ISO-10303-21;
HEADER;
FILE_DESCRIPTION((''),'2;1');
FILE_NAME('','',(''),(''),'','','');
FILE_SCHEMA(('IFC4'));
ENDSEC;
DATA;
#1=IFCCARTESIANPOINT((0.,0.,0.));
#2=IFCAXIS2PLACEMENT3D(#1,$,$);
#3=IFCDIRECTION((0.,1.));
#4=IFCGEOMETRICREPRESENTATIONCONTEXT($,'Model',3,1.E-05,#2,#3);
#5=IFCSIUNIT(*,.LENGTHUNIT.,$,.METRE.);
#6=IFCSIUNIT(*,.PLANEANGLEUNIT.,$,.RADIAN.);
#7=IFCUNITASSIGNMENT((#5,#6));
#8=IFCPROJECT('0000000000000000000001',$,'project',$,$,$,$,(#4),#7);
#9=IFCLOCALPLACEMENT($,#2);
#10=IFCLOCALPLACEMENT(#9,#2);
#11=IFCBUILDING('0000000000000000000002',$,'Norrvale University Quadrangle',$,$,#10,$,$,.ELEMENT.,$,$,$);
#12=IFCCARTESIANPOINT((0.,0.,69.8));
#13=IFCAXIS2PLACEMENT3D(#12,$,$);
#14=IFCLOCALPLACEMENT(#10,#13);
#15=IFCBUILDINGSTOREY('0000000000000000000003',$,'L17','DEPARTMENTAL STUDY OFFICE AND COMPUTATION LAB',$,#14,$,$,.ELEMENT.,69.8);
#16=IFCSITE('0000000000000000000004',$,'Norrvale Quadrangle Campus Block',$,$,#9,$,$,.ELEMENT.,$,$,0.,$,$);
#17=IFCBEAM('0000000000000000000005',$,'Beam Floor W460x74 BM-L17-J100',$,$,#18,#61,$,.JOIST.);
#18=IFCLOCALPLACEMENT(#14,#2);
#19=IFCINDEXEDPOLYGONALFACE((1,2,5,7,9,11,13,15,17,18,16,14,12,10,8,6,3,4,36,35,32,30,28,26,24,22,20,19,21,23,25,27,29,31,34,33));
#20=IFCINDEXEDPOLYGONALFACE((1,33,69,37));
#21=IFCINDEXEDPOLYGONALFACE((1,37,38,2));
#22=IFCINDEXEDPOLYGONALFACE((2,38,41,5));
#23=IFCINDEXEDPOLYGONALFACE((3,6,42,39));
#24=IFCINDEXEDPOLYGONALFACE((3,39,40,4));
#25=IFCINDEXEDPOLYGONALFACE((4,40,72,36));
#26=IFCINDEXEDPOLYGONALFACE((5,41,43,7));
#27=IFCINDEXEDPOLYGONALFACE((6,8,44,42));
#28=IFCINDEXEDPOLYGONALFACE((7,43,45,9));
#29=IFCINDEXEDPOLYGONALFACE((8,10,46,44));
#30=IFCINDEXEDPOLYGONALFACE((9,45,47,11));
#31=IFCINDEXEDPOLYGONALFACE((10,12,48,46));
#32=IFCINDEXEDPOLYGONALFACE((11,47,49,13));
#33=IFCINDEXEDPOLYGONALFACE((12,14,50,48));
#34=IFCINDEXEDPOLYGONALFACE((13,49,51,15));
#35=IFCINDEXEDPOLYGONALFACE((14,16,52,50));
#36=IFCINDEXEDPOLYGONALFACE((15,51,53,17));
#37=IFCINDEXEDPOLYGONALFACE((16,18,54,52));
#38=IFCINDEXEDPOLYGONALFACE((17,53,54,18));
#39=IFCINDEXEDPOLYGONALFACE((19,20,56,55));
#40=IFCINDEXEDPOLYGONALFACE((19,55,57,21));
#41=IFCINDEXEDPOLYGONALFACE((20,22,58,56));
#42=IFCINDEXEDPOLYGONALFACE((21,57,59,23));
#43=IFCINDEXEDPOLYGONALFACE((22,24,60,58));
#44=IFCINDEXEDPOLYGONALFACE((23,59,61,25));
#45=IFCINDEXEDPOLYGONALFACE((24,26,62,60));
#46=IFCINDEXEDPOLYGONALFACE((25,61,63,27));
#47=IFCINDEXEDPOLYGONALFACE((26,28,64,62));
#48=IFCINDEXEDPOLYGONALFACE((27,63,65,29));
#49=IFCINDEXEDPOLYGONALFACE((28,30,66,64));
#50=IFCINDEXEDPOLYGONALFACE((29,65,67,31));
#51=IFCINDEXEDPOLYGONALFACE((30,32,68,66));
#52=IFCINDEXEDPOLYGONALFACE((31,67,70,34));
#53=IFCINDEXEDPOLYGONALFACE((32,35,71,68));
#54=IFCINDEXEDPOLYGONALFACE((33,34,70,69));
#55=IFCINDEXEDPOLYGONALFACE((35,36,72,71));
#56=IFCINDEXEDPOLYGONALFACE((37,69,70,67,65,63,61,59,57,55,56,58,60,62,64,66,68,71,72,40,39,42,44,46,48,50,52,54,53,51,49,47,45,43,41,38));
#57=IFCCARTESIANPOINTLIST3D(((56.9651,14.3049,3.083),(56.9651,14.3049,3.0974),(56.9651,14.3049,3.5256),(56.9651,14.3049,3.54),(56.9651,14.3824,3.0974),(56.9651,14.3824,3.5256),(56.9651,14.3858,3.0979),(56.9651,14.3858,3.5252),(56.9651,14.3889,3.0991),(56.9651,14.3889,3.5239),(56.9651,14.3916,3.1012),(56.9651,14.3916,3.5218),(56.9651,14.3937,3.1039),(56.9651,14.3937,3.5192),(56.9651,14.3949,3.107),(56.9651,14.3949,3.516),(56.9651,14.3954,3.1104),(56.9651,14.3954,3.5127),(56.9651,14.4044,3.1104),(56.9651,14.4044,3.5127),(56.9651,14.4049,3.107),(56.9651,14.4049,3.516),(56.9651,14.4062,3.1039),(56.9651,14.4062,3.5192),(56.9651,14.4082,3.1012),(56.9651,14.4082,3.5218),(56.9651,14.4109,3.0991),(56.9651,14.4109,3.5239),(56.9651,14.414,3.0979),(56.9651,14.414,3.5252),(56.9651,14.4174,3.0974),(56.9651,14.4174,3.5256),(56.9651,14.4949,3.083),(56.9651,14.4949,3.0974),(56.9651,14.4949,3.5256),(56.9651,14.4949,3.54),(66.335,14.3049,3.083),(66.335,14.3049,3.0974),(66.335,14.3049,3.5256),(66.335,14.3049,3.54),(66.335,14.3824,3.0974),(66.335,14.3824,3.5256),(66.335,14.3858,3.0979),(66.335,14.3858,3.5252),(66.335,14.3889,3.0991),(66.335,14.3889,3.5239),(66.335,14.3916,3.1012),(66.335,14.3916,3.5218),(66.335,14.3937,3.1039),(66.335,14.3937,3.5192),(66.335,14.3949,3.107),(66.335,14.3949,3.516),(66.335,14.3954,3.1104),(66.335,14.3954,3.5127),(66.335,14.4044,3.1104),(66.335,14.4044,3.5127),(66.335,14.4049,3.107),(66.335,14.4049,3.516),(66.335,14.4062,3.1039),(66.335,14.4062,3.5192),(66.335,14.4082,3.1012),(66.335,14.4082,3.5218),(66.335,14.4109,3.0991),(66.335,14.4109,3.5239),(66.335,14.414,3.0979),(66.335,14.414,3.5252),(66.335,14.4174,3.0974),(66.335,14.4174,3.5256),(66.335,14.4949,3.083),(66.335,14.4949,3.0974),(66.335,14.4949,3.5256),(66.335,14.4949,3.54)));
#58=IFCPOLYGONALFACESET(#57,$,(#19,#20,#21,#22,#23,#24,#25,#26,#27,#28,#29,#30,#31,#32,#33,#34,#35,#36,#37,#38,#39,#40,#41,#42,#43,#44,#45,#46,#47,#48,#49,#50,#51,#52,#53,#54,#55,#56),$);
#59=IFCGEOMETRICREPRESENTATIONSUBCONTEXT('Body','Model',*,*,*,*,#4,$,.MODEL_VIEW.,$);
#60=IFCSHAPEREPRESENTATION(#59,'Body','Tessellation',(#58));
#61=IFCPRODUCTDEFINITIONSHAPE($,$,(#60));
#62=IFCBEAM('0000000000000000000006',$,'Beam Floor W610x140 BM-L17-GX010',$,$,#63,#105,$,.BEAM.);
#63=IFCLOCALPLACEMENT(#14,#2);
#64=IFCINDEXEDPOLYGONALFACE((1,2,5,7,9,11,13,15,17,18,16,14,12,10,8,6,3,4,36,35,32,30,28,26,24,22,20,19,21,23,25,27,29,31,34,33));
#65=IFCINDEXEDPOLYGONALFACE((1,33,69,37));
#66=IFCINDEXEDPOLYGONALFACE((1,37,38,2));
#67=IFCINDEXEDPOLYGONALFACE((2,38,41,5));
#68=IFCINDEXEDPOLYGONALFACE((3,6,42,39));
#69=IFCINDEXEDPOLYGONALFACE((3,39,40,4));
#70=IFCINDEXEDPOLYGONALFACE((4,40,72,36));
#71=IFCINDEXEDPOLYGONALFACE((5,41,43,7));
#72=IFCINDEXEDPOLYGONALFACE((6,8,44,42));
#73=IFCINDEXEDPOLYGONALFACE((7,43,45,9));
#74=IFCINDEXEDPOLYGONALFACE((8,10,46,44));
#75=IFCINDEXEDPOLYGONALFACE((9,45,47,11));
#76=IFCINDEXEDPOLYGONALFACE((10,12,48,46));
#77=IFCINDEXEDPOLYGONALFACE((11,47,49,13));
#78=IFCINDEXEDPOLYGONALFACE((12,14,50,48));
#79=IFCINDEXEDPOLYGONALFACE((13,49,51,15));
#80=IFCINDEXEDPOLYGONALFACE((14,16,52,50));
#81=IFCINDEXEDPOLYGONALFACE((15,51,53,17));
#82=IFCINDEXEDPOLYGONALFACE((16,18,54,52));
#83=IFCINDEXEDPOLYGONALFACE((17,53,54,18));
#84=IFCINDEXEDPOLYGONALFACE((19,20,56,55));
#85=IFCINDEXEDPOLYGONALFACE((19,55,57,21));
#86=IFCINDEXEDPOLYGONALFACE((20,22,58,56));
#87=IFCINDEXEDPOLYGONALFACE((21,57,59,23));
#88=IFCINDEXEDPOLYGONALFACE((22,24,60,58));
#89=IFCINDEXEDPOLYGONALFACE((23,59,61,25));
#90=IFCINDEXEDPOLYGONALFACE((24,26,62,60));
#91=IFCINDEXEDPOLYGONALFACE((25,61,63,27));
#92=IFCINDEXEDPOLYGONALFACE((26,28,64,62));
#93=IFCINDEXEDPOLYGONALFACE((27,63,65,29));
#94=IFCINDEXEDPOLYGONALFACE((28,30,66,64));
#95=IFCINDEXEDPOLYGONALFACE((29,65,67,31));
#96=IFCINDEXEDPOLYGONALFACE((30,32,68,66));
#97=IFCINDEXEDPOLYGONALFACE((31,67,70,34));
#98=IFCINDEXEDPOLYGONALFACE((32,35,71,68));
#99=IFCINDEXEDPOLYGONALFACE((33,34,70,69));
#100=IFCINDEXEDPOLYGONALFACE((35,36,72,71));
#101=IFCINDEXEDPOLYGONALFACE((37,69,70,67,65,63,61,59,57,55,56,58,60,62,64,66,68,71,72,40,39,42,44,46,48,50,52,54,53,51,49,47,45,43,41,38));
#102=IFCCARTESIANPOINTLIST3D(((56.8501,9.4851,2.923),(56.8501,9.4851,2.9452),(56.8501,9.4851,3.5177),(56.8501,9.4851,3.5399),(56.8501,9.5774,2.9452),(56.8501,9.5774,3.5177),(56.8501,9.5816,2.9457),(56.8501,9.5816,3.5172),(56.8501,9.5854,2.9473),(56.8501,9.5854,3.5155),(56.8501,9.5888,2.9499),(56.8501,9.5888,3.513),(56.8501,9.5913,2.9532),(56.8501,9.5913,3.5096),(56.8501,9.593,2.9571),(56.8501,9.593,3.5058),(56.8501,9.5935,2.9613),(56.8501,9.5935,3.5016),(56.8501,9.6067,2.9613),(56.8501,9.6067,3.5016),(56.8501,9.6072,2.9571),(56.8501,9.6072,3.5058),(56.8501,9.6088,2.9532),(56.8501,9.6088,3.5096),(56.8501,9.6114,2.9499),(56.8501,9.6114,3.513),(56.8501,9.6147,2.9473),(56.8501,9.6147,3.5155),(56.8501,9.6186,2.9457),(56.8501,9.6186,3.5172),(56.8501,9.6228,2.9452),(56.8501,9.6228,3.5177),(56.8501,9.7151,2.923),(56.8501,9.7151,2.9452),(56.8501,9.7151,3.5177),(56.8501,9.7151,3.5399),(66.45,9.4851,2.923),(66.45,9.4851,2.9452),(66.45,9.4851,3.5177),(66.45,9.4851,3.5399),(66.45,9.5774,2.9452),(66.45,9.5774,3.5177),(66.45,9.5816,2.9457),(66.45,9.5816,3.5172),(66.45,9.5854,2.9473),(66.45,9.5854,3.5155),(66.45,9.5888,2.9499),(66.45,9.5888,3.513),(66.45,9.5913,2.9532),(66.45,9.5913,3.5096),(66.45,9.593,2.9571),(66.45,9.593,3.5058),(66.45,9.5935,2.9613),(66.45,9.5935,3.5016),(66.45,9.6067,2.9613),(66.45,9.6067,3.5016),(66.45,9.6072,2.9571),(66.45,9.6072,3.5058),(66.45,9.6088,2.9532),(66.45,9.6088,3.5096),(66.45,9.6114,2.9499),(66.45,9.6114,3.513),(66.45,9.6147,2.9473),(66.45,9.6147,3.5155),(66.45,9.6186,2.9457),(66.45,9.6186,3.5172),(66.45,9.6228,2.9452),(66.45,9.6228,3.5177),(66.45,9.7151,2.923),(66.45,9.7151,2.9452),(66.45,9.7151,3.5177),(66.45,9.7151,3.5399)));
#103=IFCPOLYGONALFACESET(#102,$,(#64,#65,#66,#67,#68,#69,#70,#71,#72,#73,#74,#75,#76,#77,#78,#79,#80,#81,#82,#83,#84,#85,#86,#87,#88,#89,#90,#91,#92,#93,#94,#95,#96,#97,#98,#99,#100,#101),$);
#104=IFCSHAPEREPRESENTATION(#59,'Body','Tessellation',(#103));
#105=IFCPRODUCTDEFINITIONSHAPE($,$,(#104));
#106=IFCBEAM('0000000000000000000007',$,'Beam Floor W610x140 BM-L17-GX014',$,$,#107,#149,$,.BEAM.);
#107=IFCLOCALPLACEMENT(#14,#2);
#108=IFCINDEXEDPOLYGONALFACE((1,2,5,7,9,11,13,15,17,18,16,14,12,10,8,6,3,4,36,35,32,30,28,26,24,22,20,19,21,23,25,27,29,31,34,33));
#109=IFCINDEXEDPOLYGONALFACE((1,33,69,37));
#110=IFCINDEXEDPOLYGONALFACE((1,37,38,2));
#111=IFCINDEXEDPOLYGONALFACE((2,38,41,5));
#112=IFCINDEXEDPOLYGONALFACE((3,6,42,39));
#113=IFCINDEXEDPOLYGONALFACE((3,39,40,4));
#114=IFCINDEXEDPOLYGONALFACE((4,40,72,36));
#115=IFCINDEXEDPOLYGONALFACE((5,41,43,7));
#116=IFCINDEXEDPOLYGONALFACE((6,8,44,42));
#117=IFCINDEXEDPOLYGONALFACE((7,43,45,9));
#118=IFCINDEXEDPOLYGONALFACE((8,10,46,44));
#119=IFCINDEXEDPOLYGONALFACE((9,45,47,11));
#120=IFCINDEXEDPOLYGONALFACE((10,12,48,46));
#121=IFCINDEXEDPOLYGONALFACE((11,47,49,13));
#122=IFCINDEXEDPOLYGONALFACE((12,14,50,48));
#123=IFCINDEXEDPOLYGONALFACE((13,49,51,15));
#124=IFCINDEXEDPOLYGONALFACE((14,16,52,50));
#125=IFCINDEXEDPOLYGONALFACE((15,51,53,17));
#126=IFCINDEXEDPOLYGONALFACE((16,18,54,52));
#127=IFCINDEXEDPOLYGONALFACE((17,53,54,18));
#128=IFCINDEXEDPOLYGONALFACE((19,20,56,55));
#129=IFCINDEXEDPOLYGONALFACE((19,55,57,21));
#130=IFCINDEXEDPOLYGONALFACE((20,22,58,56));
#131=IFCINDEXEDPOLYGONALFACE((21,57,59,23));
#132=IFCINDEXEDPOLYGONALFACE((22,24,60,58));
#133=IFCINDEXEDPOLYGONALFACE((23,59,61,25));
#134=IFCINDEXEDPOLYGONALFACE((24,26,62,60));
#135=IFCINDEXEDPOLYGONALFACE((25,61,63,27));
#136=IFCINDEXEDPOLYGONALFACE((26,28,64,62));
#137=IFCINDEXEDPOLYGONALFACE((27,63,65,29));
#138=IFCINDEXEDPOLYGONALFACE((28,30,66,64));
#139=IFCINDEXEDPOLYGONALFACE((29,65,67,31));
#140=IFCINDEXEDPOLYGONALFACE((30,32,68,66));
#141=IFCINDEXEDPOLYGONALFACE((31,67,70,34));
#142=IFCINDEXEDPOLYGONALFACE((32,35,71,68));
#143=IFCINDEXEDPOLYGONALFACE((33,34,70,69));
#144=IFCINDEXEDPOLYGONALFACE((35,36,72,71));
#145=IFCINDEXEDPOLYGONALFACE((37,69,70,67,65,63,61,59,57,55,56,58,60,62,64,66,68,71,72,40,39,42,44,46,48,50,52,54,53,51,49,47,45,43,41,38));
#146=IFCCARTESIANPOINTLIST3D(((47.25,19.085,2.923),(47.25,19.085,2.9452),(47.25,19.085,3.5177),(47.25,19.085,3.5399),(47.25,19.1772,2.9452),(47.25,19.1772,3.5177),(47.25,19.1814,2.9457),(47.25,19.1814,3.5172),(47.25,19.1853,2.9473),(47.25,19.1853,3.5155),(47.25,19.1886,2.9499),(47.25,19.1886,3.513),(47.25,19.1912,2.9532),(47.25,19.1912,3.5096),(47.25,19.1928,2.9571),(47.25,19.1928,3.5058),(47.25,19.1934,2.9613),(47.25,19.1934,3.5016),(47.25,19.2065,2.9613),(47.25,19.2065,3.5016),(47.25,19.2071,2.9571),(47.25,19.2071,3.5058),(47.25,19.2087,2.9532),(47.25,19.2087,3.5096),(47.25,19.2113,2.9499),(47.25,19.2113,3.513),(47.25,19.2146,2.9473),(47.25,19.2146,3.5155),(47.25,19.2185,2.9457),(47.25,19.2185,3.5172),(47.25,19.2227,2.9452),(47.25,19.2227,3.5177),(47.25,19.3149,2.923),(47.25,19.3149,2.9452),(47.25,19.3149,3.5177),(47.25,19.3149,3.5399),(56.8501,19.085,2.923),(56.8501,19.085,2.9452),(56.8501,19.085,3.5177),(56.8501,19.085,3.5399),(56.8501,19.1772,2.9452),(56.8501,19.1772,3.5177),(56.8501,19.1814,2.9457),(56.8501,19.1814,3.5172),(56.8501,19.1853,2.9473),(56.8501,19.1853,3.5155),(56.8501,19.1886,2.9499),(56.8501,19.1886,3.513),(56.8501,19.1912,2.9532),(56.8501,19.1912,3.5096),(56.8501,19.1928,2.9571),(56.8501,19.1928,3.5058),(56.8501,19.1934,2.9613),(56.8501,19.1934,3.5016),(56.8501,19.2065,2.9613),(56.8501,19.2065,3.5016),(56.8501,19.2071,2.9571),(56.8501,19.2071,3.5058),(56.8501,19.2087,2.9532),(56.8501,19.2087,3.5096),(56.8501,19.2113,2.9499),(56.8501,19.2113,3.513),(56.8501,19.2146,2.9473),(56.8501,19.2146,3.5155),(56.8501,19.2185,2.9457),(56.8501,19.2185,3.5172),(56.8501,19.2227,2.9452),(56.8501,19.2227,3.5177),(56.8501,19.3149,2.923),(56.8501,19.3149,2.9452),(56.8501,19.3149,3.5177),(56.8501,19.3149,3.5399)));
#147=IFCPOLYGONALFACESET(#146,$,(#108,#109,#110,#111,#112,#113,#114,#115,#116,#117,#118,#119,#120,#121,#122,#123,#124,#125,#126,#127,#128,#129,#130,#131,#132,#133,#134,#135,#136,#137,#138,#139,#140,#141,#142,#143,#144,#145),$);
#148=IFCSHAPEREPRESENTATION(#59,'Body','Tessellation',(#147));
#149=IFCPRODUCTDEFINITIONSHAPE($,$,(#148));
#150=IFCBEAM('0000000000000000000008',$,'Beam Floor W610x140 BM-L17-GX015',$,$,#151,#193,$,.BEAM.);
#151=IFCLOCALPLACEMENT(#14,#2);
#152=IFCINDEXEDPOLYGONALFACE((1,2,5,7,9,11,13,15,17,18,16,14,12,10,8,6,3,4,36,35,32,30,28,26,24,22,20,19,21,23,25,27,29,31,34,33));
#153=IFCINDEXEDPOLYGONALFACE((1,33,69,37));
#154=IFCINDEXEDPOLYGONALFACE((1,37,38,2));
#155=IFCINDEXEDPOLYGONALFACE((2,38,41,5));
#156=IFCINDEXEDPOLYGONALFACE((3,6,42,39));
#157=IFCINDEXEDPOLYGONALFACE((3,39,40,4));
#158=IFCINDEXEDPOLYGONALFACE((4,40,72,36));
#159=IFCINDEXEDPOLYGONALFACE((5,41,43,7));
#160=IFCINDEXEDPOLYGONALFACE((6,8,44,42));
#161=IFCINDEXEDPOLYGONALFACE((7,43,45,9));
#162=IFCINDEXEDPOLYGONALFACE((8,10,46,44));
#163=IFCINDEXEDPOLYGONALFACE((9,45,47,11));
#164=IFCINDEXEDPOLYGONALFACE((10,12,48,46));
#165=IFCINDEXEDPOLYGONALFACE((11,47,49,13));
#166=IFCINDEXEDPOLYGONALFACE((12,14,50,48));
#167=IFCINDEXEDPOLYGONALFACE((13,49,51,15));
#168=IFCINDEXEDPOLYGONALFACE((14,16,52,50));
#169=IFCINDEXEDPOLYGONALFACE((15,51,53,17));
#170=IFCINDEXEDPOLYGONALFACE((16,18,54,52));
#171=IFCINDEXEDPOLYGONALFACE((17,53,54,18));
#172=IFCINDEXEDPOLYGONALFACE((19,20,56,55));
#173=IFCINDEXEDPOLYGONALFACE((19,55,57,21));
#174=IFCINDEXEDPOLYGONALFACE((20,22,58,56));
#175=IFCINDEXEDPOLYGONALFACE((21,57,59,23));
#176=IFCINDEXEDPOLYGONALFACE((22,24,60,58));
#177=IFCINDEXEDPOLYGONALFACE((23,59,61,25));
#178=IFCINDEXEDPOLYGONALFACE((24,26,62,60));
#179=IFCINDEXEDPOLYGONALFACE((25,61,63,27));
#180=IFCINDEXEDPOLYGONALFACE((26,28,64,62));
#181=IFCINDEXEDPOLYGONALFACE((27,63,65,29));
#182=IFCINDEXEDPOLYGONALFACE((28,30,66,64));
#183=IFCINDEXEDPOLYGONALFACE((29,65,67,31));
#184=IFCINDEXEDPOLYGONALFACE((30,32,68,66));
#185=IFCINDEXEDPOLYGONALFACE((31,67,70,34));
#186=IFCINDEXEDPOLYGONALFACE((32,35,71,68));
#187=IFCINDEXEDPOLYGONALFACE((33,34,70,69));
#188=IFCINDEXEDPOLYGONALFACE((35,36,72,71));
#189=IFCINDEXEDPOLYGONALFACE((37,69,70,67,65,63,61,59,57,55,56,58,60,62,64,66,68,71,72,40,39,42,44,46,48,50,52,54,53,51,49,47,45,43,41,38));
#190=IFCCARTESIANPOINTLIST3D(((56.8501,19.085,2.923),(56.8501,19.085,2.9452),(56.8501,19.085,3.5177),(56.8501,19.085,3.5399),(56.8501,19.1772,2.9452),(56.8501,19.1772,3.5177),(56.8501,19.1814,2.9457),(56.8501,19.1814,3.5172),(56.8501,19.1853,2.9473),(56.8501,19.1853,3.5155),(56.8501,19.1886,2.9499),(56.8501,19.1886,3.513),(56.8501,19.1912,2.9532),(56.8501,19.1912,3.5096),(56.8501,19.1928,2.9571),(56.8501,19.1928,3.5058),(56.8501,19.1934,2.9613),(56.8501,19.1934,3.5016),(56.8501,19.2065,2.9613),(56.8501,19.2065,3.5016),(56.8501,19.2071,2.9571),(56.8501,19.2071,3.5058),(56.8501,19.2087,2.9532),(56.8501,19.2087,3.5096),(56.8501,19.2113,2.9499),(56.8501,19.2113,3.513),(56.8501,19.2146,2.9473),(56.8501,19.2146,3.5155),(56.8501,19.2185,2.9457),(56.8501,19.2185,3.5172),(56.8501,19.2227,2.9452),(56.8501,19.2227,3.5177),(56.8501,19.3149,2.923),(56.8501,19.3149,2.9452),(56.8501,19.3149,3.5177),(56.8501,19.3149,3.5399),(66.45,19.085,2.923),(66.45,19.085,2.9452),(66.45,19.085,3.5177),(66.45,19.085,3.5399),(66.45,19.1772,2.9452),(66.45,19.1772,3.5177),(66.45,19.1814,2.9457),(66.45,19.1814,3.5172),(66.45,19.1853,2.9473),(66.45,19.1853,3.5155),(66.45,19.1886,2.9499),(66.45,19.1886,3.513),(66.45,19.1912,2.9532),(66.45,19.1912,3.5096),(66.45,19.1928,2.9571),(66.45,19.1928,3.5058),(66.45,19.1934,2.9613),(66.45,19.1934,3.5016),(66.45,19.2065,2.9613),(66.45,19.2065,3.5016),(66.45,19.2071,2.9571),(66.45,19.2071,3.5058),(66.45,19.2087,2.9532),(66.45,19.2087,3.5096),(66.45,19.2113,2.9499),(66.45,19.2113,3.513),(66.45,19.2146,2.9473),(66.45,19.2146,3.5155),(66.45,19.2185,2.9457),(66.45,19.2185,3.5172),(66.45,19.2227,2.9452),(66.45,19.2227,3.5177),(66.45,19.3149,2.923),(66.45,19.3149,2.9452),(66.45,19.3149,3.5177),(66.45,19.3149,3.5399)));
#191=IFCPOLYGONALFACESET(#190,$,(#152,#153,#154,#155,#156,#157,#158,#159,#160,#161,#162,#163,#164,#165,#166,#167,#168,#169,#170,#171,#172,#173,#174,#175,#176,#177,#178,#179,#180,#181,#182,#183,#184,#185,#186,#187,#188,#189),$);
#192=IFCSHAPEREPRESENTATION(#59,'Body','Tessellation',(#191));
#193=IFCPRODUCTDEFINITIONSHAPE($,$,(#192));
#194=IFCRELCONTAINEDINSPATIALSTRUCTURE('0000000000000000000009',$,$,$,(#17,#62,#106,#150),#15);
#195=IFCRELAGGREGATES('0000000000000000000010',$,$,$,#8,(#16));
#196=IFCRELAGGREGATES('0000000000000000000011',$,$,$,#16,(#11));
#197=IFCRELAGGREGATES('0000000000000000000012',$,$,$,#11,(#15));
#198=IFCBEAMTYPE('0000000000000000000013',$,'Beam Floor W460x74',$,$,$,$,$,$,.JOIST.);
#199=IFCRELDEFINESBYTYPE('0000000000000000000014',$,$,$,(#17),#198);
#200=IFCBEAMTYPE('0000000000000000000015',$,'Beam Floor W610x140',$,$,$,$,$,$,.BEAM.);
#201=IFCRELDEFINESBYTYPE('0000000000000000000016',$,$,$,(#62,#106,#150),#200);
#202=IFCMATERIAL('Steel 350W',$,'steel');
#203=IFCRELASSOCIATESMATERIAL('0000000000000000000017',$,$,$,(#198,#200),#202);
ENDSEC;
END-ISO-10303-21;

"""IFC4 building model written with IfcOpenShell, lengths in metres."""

from ifc_helpers import new_model, si_unit, direction, frame, origin, origin_2d, place, context, subcontext, project, spatial, i_section, extrude, material, material_profile, profile_set, type_object, element, save


model = new_model("IFC4")

# Units and contexts
model_context = context("Model", 3, precision=1e-05, world=origin(), true_north=direction((0.0, 1.0)))
body_context = subcontext(model_context, "Body", "Model", "MODEL_VIEW")
ifc_project = project(units=[si_unit("LENGTHUNIT", "METRE"), si_unit("PLANEANGLEUNIT", "RADIAN")], contexts=[model_context])

# Site, building, storey
site_placement = place(None, origin())
site = spatial("IfcSite", under=ifc_project, at=site_placement, Name="Norrvale Quadrangle Campus Block", CompositionType="ELEMENT", RefElevation=0.0)
building_placement = place(site_placement, origin())
building = spatial("IfcBuilding", under=site, at=building_placement, Name="Norrvale University Quadrangle", CompositionType="ELEMENT")
storey_placement = place(building_placement, frame((0.0, 0.0, 69.8)))
storey = spatial("IfcBuildingStorey", under=building, at=storey_placement, Name="L17", Description="DEPARTMENTAL STUDY OFFICE AND COMPUTATION LAB", CompositionType="ELEMENT", Elevation=69.8)

# Beams
ifc_material_1 = material(Name="Steel 350W", Category="steel")
ifc_material_profile_1 = material_profile(ifc_material_1, i_section(OverallWidth=0.1899, OverallDepth=0.457, WebThickness=0.009, FlangeThickness=0.0144, FilletRadius=0.0129, at=origin_2d()), Name="Steel 350W")
ifc_profile_set_1 = profile_set([ifc_material_profile_1], Name="Steel 350W")
beam_type_1 = type_object("IfcBeamType", Name="Beam Floor W460x74", PredefinedType="JOIST", material=ifc_profile_set_1)
beam_1_placement = place(storey_placement, frame((56.9651, 14.3999, 3.3115), z_axis=(1.0, 0.0, 0.0), x_axis=(0.0, 1.0, 0.0)))
element("IfcBeam", 1, at=beam_1_placement, inside=storey, type_object=beam_type_1, Name="Beam Floor W460x74 BM-L17-J100", PredefinedType="JOIST", context=body_context, shape_type="SweptSolid", body=[
    extrude(i_section(OverallWidth=0.1899, OverallDepth=0.457, WebThickness=0.009, FlangeThickness=0.0144, FilletRadius=0.0129, at=origin_2d()), origin(), (0.0, 0.0, 1.0), 9.3699),
])
ifc_material_profile_2 = material_profile(ifc_material_1, i_section(OverallWidth=0.23, OverallDepth=0.6169, WebThickness=0.0132, FlangeThickness=0.0222, FilletRadius=0.0161, at=origin_2d()), Name="Steel 350W")
ifc_profile_set_2 = profile_set([ifc_material_profile_2], Name="Steel 350W")
beam_type_2 = type_object("IfcBeamType", Name="Beam Floor W610x140", PredefinedType="BEAM", material=ifc_profile_set_2)
beam_2_placement = place(storey_placement, frame((56.8501, 9.6001, 3.2314), z_axis=(1.0, 0.0, 0.0), x_axis=(0.0, 1.0, 0.0)))
element("IfcBeam", 2, at=beam_2_placement, inside=storey, type_object=beam_type_2, Name="Beam Floor W610x140 BM-L17-GX010", PredefinedType="BEAM", context=body_context, shape_type="SweptSolid", body=[
    extrude(i_section(OverallWidth=0.23, OverallDepth=0.6169, WebThickness=0.0132, FlangeThickness=0.0222, FilletRadius=0.0161, at=origin_2d()), origin(), (0.0, 0.0, 1.0), 9.5999),
])
beam_3_placement = place(storey_placement, frame((47.25, 19.2, 3.2314), z_axis=(1.0, 0.0, 0.0), x_axis=(0.0, 1.0, 0.0)))
element("IfcBeam", 3, at=beam_3_placement, inside=storey, type_object=beam_type_2, Name="Beam Floor W610x140 BM-L17-GX014", PredefinedType="BEAM", context=body_context, shape_type="SweptSolid", body=[
    extrude(i_section(OverallWidth=0.23, OverallDepth=0.6169, WebThickness=0.0132, FlangeThickness=0.0222, FilletRadius=0.0161, at=origin_2d()), origin(), (0.0, 0.0, 1.0), 9.6001),
])
beam_4_placement = place(storey_placement, frame((56.8501, 19.2, 3.2314), z_axis=(1.0, 0.0, 0.0), x_axis=(0.0, 1.0, 0.0)))
element("IfcBeam", 4, at=beam_4_placement, inside=storey, type_object=beam_type_2, Name="Beam Floor W610x140 BM-L17-GX015", PredefinedType="BEAM", context=body_context, shape_type="SweptSolid", body=[
    extrude(i_section(OverallWidth=0.23, OverallDepth=0.6169, WebThickness=0.0132, FlangeThickness=0.0222, FilletRadius=0.0161, at=origin_2d()), origin(), (0.0, 0.0, 1.0), 9.5999),
])

save(model, "model.ifc")
